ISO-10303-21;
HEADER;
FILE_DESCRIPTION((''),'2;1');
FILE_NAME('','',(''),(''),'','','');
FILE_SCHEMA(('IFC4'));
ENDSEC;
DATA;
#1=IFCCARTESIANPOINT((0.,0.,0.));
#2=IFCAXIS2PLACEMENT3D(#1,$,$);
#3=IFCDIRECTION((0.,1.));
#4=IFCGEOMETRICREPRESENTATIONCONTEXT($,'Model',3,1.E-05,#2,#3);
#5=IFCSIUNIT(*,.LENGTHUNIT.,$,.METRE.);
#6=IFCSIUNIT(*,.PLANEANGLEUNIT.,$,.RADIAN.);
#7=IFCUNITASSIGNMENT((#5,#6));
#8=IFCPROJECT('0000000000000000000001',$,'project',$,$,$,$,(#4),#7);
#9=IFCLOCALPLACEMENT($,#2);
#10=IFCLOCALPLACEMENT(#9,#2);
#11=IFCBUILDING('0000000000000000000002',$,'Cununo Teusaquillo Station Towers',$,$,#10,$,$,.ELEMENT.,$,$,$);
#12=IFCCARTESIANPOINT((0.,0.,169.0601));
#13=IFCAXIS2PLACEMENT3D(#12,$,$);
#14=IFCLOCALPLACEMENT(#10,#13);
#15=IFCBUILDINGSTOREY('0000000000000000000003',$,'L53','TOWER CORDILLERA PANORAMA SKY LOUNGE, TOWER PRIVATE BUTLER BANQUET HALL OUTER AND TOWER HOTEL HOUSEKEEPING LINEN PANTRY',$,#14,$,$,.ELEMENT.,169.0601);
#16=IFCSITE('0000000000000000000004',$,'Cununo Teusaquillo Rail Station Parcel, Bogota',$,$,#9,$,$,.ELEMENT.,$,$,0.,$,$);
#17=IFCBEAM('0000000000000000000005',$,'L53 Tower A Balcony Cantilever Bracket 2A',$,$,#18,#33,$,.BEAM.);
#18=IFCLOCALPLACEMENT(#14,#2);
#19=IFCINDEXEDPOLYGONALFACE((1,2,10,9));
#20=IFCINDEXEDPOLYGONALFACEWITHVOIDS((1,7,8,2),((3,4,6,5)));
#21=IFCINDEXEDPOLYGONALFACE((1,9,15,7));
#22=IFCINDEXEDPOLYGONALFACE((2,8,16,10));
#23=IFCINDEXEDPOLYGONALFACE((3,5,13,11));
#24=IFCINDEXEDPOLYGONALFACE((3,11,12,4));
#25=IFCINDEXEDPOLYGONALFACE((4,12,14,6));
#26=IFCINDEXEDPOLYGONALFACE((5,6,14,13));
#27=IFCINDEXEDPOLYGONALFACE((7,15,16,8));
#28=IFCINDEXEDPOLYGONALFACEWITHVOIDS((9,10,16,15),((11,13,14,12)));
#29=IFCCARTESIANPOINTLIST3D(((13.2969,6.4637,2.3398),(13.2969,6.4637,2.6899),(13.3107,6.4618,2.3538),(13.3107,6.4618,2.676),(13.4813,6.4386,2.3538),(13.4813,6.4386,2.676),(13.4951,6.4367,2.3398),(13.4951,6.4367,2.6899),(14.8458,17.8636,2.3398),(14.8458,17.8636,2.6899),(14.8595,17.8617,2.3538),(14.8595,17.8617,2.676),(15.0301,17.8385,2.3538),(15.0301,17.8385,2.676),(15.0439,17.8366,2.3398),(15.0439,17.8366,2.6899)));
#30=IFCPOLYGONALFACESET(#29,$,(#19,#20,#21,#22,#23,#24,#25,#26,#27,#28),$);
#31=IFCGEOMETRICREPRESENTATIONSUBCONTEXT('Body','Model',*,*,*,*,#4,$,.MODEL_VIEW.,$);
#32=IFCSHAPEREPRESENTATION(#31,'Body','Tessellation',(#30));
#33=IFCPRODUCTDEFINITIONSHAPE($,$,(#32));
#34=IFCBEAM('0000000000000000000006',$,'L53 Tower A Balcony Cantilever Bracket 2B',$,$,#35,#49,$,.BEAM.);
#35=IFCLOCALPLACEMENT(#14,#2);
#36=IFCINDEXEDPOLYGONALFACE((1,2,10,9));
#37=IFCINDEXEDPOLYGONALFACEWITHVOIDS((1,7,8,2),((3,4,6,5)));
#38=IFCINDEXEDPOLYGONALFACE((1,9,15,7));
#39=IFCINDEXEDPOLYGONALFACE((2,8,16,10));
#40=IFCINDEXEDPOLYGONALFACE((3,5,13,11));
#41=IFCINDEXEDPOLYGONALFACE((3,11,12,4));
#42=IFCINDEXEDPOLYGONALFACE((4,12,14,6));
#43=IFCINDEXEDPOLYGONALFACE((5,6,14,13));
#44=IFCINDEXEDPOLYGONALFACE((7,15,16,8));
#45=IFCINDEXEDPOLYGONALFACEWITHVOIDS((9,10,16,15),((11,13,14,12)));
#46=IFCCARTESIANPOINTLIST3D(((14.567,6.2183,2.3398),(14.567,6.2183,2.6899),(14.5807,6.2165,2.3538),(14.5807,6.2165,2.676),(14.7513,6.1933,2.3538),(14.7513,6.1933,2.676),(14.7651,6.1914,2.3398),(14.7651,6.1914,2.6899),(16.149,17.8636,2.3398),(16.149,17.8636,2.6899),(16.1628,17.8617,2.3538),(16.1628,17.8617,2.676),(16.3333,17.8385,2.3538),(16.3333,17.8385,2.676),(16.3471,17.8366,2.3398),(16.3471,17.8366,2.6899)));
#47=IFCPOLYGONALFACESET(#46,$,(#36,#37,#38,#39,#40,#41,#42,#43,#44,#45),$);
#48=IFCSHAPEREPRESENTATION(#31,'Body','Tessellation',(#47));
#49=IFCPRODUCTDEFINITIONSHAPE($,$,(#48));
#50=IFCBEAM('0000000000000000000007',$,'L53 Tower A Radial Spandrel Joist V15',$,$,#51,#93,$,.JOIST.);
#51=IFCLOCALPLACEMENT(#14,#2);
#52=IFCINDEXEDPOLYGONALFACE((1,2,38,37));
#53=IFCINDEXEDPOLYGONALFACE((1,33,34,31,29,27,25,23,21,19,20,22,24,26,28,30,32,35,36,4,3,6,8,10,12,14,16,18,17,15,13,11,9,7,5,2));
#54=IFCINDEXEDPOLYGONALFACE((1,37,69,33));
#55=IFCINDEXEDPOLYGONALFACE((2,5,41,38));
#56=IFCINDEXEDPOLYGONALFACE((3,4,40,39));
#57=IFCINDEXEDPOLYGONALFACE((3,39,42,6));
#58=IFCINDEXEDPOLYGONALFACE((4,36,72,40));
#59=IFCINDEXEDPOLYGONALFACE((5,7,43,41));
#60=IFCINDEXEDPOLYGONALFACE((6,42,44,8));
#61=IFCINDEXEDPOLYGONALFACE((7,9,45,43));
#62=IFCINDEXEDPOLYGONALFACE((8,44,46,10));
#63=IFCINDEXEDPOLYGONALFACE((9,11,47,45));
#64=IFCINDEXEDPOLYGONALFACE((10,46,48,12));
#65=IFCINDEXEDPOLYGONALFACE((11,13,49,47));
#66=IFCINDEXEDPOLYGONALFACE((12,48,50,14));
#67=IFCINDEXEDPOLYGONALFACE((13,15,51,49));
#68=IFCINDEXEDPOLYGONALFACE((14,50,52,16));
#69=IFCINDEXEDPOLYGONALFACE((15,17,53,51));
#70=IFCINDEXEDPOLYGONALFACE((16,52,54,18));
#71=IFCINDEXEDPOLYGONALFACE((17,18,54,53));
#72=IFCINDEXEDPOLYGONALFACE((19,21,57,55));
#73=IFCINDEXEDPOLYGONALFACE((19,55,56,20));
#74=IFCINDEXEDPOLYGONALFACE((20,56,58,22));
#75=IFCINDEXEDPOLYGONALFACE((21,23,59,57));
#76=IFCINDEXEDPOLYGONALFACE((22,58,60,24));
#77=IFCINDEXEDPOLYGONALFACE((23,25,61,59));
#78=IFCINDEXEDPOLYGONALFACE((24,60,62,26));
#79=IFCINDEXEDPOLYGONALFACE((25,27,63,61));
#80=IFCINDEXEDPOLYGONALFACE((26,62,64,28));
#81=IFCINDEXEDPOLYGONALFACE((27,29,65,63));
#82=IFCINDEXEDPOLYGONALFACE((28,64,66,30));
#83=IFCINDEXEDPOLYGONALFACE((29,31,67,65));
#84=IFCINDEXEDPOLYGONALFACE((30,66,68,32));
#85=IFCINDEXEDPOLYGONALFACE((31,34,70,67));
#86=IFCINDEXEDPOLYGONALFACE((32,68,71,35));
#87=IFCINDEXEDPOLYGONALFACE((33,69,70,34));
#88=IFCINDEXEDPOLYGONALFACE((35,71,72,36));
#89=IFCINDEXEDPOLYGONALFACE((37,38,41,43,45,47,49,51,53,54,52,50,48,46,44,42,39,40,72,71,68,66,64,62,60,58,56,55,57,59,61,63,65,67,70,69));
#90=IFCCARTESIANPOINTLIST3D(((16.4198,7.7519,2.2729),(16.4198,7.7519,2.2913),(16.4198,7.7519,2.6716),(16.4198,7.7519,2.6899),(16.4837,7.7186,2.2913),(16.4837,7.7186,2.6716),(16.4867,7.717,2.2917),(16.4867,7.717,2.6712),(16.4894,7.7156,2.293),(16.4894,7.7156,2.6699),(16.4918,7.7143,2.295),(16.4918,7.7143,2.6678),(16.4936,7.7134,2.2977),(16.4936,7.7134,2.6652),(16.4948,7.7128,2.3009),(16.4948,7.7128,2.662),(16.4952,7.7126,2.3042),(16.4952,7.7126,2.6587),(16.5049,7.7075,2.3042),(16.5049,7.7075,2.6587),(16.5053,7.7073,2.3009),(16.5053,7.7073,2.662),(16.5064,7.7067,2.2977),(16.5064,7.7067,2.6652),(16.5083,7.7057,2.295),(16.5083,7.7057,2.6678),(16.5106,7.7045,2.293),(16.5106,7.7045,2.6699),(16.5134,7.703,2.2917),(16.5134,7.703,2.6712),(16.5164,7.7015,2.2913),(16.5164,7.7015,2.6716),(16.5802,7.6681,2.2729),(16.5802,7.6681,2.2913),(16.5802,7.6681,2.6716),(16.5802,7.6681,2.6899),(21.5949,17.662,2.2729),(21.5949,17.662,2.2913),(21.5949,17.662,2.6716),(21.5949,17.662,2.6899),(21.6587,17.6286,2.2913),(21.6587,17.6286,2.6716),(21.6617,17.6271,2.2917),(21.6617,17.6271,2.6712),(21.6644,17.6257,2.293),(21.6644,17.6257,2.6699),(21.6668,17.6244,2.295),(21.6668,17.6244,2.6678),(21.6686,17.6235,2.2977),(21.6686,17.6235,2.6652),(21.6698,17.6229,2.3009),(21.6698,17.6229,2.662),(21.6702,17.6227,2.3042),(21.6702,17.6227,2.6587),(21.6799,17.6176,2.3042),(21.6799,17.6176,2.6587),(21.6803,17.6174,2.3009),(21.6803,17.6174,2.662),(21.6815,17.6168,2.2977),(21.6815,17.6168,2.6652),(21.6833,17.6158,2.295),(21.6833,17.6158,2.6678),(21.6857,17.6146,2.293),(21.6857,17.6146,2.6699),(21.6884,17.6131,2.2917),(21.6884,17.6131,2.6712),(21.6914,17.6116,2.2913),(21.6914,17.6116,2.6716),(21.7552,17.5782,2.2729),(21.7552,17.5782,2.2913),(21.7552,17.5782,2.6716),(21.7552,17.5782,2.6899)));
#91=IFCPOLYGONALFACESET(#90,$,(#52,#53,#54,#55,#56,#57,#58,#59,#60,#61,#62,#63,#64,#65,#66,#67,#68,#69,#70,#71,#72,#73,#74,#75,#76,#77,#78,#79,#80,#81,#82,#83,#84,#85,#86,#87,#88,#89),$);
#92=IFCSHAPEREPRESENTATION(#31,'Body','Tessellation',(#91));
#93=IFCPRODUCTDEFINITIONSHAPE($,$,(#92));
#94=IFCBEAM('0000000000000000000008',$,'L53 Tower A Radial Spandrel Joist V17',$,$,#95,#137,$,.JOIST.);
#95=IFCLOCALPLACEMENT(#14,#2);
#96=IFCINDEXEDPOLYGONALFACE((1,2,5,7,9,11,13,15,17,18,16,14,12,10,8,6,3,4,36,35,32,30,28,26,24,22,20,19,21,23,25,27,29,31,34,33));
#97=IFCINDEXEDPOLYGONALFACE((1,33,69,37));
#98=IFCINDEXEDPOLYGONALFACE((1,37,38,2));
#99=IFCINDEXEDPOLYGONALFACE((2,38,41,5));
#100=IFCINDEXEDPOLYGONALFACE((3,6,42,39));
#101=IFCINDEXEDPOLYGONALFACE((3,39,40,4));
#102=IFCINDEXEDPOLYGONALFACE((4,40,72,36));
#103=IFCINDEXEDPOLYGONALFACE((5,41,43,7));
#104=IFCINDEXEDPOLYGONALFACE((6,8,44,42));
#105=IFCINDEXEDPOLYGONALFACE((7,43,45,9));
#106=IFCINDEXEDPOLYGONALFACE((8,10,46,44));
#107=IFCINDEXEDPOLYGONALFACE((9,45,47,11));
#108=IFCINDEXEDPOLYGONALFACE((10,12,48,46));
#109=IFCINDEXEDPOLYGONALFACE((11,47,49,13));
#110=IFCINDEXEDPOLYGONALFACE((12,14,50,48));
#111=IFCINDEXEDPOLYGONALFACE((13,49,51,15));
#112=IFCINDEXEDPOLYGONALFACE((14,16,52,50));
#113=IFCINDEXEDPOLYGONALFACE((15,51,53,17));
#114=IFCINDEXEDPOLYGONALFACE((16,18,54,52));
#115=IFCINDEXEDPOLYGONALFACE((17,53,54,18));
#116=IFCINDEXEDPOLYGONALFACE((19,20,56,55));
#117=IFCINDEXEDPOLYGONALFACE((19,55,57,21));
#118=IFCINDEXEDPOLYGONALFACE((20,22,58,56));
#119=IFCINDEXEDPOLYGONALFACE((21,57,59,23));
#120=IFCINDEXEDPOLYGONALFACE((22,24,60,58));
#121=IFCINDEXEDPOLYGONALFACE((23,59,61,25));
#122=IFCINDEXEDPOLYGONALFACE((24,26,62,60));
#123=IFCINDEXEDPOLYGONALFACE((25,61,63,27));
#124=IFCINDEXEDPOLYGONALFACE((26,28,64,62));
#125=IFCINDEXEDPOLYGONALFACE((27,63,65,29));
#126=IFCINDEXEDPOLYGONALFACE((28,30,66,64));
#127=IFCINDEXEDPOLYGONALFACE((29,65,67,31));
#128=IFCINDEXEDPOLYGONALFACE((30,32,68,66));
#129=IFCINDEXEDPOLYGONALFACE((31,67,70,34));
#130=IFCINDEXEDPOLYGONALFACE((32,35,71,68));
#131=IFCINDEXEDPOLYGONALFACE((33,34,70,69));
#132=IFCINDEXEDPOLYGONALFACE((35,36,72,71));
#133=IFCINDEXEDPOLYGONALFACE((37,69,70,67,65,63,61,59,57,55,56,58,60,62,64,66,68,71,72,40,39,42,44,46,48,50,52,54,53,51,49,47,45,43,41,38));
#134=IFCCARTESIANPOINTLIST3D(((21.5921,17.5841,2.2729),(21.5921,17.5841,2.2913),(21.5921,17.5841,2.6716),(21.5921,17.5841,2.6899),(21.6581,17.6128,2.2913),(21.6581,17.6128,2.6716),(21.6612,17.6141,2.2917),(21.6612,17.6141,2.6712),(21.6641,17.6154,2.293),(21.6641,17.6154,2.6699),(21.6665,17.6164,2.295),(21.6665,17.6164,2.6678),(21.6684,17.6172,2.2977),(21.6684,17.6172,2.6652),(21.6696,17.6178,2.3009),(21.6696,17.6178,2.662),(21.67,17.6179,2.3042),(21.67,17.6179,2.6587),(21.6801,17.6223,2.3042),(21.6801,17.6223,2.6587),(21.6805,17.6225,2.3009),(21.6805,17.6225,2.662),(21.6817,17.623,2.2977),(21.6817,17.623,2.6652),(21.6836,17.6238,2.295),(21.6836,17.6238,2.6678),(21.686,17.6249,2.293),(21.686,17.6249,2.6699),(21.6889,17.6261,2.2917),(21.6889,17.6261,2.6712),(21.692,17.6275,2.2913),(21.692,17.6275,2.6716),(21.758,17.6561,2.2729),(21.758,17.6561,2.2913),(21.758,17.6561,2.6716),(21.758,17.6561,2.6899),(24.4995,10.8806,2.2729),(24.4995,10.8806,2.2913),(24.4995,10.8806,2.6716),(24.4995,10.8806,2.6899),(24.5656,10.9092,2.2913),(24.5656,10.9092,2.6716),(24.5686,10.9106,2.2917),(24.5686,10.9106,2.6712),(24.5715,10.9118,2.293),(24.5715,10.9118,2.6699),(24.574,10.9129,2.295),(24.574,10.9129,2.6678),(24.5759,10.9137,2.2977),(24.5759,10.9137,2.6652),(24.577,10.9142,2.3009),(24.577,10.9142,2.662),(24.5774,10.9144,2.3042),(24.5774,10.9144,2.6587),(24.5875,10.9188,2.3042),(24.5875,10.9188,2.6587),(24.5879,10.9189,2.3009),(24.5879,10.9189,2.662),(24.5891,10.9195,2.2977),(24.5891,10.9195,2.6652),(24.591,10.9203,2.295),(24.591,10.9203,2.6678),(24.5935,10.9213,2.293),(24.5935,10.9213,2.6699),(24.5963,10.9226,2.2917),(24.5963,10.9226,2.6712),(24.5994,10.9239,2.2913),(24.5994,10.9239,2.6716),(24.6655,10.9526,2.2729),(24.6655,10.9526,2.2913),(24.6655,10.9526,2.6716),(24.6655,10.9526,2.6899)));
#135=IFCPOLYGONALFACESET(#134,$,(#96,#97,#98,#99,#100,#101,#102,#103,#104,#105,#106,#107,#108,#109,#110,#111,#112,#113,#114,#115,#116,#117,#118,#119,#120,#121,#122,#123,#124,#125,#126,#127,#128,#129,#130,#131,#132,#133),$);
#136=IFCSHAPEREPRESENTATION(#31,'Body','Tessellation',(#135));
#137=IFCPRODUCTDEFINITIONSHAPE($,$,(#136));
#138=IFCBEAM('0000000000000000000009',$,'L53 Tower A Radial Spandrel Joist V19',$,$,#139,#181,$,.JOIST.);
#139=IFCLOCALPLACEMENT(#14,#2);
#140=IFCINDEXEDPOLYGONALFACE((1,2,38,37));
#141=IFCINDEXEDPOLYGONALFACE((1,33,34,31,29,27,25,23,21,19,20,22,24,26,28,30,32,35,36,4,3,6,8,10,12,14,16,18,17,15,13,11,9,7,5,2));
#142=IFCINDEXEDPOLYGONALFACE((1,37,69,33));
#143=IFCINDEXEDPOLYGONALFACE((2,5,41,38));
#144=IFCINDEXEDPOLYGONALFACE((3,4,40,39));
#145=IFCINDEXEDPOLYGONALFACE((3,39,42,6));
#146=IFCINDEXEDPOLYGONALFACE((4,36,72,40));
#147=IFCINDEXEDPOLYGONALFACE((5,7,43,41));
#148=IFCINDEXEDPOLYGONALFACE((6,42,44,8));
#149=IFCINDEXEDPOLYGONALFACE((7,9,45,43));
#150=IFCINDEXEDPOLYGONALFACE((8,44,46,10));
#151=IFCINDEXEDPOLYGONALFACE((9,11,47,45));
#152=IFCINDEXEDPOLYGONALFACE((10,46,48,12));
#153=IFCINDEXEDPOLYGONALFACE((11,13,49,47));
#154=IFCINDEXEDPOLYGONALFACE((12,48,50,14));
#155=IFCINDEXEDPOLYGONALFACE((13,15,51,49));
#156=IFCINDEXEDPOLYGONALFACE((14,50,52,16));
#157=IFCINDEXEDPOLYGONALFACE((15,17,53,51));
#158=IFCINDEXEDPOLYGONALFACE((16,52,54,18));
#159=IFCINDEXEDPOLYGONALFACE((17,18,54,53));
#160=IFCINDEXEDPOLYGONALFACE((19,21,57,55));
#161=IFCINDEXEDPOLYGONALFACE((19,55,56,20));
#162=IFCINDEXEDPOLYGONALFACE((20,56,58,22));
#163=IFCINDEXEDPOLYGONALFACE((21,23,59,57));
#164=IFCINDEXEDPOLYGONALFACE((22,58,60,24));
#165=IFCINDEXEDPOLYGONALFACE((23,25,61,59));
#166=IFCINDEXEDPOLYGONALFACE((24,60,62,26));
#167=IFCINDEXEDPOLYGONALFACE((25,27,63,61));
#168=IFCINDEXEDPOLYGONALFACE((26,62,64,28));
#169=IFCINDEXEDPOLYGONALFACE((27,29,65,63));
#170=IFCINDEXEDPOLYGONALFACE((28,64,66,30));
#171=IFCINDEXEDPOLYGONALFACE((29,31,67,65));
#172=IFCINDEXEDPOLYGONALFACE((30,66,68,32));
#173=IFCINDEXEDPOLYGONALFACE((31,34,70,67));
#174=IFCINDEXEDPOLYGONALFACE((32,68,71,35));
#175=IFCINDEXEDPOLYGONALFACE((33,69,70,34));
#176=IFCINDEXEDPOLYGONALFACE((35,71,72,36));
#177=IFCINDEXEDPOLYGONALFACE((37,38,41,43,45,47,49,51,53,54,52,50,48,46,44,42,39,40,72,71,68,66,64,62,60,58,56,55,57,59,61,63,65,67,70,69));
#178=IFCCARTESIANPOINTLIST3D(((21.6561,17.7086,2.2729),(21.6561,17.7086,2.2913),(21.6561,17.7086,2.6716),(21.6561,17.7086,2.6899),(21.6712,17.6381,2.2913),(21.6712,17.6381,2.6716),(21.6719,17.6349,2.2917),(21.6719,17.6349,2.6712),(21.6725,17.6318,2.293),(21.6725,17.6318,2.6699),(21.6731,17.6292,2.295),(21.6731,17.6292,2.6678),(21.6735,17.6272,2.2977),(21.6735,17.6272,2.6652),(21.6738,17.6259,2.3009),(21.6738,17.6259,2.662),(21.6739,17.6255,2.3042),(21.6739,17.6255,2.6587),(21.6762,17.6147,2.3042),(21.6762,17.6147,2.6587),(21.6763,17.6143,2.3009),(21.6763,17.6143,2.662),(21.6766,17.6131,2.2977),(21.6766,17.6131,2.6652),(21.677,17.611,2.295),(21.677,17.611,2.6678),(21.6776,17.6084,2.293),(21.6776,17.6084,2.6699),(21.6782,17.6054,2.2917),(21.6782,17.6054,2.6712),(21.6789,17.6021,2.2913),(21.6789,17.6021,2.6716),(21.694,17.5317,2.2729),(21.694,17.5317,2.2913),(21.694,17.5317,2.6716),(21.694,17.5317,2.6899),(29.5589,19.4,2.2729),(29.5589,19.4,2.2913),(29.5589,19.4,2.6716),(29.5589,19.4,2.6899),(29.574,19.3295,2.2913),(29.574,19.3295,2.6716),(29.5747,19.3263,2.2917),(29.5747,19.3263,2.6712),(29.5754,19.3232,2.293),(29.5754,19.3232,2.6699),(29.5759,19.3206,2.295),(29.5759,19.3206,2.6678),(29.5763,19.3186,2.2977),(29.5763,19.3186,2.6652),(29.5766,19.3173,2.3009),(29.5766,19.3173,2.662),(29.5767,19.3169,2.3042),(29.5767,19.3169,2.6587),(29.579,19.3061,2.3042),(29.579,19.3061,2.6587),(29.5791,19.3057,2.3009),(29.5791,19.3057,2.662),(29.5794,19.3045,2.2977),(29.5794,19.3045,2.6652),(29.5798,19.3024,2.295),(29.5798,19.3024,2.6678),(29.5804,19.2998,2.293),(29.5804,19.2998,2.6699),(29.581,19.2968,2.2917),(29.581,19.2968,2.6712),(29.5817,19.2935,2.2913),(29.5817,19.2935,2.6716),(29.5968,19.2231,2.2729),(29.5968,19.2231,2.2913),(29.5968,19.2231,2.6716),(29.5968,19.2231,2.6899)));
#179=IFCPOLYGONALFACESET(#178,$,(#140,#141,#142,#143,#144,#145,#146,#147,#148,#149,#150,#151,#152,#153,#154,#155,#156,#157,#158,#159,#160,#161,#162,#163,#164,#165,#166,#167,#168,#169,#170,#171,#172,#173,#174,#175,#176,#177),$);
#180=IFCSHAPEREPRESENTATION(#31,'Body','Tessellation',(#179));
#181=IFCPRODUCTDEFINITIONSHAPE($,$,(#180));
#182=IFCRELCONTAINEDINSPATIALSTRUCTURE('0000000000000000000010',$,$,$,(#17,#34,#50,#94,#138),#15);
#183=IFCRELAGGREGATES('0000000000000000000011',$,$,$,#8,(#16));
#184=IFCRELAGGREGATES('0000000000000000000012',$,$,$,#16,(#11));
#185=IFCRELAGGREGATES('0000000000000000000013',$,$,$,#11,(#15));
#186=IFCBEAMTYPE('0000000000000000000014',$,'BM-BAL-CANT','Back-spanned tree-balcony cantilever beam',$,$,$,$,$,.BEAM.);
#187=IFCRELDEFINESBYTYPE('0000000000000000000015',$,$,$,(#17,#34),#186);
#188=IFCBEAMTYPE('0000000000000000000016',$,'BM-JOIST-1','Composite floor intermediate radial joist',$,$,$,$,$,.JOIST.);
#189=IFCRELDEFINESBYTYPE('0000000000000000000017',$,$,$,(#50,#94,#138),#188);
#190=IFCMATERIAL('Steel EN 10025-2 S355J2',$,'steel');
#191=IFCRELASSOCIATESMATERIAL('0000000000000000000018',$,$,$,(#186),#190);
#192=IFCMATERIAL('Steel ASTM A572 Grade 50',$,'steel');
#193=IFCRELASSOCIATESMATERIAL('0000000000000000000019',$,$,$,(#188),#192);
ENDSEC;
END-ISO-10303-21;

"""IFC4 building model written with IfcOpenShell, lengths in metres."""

from ifc_helpers import new_model, si_unit, direction, frame, origin, origin_2d, place, context, subcontext, project, spatial, hollow_rectangle, i_section, extrude, material, material_profile, profile_set, type_object, element, save


model = new_model("IFC4")

# Units and contexts
model_context = context("Model", 3, precision=1e-05, world=origin(), true_north=direction((0.0, 1.0)))
body_context = subcontext(model_context, "Body", "Model", "MODEL_VIEW")
ifc_project = project(units=[si_unit("LENGTHUNIT", "METRE"), si_unit("PLANEANGLEUNIT", "RADIAN")], contexts=[model_context])

# Site, building, storey
site_placement = place(None, origin())
site = spatial("IfcSite", under=ifc_project, at=site_placement, Name="Cununo Teusaquillo Rail Station Parcel, Bogota", CompositionType="ELEMENT", RefElevation=0.0)
building_placement = place(site_placement, origin())
building = spatial("IfcBuilding", under=site, at=building_placement, Name="Cununo Teusaquillo Station Towers", CompositionType="ELEMENT")
storey_placement = place(building_placement, frame((0.0, 0.0, 169.0601)))
storey = spatial("IfcBuildingStorey", under=building, at=storey_placement, Name="L53", Description="TOWER CORDILLERA PANORAMA SKY LOUNGE, TOWER PRIVATE BUTLER BANQUET HALL OUTER AND TOWER HOTEL HOUSEKEEPING LINEN PANTRY", CompositionType="ELEMENT", Elevation=169.0601)

# Beams
ifc_material_1 = material(Name="Steel EN 10025-2 S355J2", Category="steel")
ifc_material_profile_1 = material_profile(ifc_material_1, hollow_rectangle(XDim=0.2, YDim=0.3501, WallThickness=0.0139, at=origin_2d()), Name="RHS 350x200x14")
ifc_profile_set_1 = profile_set([ifc_material_profile_1], Name="Steel EN 10025-2 S355J2")
beam_type_1 = type_object("IfcBeamType", Name="BM-BAL-CANT", Description="Back-spanned tree-balcony cantilever beam", PredefinedType="BEAM", material=ifc_profile_set_1)
beam_1_placement = place(storey_placement, frame((14.9448, 17.8501, 2.5149), z_axis=(-0.134626, -0.990896, 0.0), x_axis=(0.990896, -0.134626, 0.0)))
element("IfcBeam", 1, at=beam_1_placement, inside=storey, type_object=beam_type_1, Name="L53 Tower A Balcony Cantilever Bracket 2A", PredefinedType="BEAM", context=body_context, shape_type="SweptSolid", body=[
    extrude(hollow_rectangle(XDim=0.2, YDim=0.3501, WallThickness=0.0139, at=origin_2d()), origin(), (0.0, 0.0, 1.0), 11.5046),
])
beam_2_placement = place(storey_placement, frame((16.248, 17.8501, 2.5149), z_axis=(-0.134615, -0.990898, 0.0), x_axis=(0.990898, -0.134615, 0.0)))
element("IfcBeam", 2, at=beam_2_placement, inside=storey, type_object=beam_type_1, Name="L53 Tower A Balcony Cantilever Bracket 2B", PredefinedType="BEAM", context=body_context, shape_type="SweptSolid", body=[
    extrude(hollow_rectangle(XDim=0.2, YDim=0.3501, WallThickness=0.0139, at=origin_2d()), origin(), (0.0, 0.0, 1.0), 11.7522),
])
ifc_material_2 = material(Name="Steel ASTM A572 Grade 50", Category="steel")
ifc_material_profile_2 = material_profile(ifc_material_2, i_section(OverallWidth=0.1809, OverallDepth=0.417, WebThickness=0.011, FlangeThickness=0.0183, FilletRadius=0.0129, at=origin_2d()), Name="W16X57")
ifc_profile_set_2 = profile_set([ifc_material_profile_2], Name="Steel ASTM A572 Grade 50")
beam_type_2 = type_object("IfcBeamType", Name="BM-JOIST-1", Description="Composite floor intermediate radial joist", PredefinedType="JOIST", material=ifc_profile_set_2)
beam_3_placement = place(storey_placement, frame((21.675, 17.6201, 2.4814), z_axis=(-0.462885, -0.886419, 0.0), x_axis=(0.886419, -0.462885, 0.0)))
element("IfcBeam", 3, at=beam_3_placement, inside=storey, type_object=beam_type_2, Name="L53 Tower A Radial Spandrel Joist V15", PredefinedType="JOIST", context=body_context, shape_type="SweptSolid", body=[
    extrude(i_section(OverallWidth=0.1809, OverallDepth=0.417, WebThickness=0.011, FlangeThickness=0.0183, FilletRadius=0.0129, at=origin_2d()), origin(), (0.0, 0.0, 1.0), 11.1799),
])
beam_4_placement = place(storey_placement, frame((21.675, 17.6201, 2.4814), z_axis=(0.397904, -0.917427, 0.0), x_axis=(0.917427, 0.397904, 0.0)))
element("IfcBeam", 4, at=beam_4_placement, inside=storey, type_object=beam_type_2, Name="L53 Tower A Radial Spandrel Joist V17", PredefinedType="JOIST", context=body_context, shape_type="SweptSolid", body=[
    extrude(i_section(OverallWidth=0.1809, OverallDepth=0.417, WebThickness=0.011, FlangeThickness=0.0183, FilletRadius=0.0129, at=origin_2d()), origin(), (0.0, 0.0, 1.0), 7.3069),
])
beam_5_placement = place(storey_placement, frame((21.675, 17.6201, 2.4814), z_axis=(0.977855, 0.209286, 0.0), x_axis=(-0.209286, 0.977855, 0.0)))
element("IfcBeam", 5, at=beam_5_placement, inside=storey, type_object=beam_type_2, Name="L53 Tower A Radial Spandrel Joist V19", PredefinedType="JOIST", context=body_context, shape_type="SweptSolid", body=[
    extrude(i_section(OverallWidth=0.1809, OverallDepth=0.417, WebThickness=0.011, FlangeThickness=0.0183, FilletRadius=0.0129, at=origin_2d()), origin(), (0.0, 0.0, 1.0), 8.0818),
])

save(model, "model.ifc")
